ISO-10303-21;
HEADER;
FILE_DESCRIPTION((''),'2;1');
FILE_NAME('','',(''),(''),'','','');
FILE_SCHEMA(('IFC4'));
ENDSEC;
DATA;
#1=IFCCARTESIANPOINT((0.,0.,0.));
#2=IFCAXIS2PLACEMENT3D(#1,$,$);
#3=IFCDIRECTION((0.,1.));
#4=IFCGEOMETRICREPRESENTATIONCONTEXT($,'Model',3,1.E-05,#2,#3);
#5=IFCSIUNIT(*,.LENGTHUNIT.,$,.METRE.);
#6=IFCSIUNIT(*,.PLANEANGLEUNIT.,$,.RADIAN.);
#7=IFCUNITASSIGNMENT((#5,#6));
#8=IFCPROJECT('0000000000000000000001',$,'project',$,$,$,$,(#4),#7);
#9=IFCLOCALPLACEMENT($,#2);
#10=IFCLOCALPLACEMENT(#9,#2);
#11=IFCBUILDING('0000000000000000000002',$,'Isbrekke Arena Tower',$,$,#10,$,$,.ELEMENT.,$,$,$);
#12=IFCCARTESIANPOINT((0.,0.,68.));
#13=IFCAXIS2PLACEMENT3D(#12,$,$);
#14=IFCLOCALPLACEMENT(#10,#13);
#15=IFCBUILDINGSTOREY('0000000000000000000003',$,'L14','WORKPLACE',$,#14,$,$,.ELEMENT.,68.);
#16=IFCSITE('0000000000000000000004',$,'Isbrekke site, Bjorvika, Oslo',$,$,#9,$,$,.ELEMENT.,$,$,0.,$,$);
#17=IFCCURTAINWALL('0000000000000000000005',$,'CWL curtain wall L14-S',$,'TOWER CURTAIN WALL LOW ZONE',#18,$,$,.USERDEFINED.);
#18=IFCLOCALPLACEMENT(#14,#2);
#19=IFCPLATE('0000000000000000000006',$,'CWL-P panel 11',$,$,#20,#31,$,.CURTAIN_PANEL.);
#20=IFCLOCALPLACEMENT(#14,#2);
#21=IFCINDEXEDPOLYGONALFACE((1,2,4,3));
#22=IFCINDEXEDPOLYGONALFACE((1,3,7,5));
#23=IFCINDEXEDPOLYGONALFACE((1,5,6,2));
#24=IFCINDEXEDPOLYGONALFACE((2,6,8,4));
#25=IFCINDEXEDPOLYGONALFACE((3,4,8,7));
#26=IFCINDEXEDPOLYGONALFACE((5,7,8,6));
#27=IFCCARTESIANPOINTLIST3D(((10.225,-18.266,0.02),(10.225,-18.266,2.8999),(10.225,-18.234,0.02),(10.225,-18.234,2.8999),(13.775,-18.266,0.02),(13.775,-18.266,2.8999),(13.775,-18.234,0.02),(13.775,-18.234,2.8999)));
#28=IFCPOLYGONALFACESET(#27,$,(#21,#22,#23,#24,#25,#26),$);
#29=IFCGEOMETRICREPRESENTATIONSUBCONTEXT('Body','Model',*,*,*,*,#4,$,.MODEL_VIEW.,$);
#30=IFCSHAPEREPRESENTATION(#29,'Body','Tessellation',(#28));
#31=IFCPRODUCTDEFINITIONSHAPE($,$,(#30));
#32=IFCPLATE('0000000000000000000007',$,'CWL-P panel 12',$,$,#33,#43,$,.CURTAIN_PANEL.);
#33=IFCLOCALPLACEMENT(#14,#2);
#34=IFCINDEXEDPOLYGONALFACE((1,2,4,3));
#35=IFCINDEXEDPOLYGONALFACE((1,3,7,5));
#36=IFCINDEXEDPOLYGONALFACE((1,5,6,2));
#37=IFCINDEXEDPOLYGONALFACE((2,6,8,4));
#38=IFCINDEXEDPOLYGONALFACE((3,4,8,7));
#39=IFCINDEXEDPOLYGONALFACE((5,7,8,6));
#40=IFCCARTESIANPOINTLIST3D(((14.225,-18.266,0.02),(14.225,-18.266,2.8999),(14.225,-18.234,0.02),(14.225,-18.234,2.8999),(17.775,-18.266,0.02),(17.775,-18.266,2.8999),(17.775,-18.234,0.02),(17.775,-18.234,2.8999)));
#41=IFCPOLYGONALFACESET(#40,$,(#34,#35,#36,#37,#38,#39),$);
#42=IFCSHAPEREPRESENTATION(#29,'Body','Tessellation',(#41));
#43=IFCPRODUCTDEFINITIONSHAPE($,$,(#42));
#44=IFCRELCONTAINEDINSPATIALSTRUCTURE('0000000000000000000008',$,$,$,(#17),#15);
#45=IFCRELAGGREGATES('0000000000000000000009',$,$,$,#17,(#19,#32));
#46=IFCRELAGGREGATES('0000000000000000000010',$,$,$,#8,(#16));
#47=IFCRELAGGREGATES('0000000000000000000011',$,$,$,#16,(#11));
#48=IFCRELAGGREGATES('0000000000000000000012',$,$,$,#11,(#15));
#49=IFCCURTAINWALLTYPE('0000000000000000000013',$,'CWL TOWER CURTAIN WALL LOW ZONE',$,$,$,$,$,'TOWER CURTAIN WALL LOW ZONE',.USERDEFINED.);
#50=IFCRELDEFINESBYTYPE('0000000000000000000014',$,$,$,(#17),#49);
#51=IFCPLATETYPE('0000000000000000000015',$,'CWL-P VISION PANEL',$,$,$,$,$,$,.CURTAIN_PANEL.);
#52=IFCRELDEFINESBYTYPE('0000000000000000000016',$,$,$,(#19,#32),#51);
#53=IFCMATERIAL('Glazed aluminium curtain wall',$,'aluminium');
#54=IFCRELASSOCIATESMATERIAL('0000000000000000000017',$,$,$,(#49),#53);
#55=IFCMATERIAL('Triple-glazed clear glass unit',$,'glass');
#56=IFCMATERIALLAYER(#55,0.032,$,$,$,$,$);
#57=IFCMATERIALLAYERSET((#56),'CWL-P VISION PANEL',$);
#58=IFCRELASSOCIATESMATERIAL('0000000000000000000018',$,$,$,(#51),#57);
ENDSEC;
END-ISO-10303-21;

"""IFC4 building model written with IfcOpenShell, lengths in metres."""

from ifc_helpers import new_model, si_unit, direction, frame, origin, origin_2d, place, context, subcontext, project, spatial, rectangle, extrude, material, layer, layer_set, type_object, element, aggregate, save


model = new_model("IFC4")

# Units and contexts
model_context = context("Model", 3, precision=1e-05, world=origin(), true_north=direction((0.0, 1.0)))
body_context = subcontext(model_context, "Body", "Model", "MODEL_VIEW")
ifc_project = project(units=[si_unit("LENGTHUNIT", "METRE"), si_unit("PLANEANGLEUNIT", "RADIAN")], contexts=[model_context])

# Site, building, storey
site_placement = place(None, origin())
site = spatial("IfcSite", under=ifc_project, at=site_placement, Name="Isbrekke site, Bjorvika, Oslo", CompositionType="ELEMENT", RefElevation=0.0)
building_placement = place(site_placement, origin())
building = spatial("IfcBuilding", under=site, at=building_placement, Name="Isbrekke Arena Tower", CompositionType="ELEMENT")
storey_placement = place(building_placement, frame((0.0, 0.0, 68.0)))
storey = spatial("IfcBuildingStorey", under=building, at=storey_placement, Name="L14", Description="WORKPLACE", CompositionType="ELEMENT", Elevation=68.0)

# Curtain wall
ifc_material_1 = material(Name="Glazed aluminium curtain wall", Category="aluminium")
curtain_wall_type = type_object("IfcCurtainWallType", Name="CWL TOWER CURTAIN WALL LOW ZONE", ElementType="TOWER CURTAIN WALL LOW ZONE", PredefinedType="USERDEFINED", material=ifc_material_1)
curtain_wall_placement = place(storey_placement, origin())
curtain_wall = element("IfcCurtainWall", 1, at=curtain_wall_placement, inside=storey, type_object=curtain_wall_type, Name="CWL curtain wall L14-S", ObjectType="TOWER CURTAIN WALL LOW ZONE", PredefinedType="USERDEFINED")

# Plates
ifc_material_2 = material(Name="Triple-glazed clear glass unit", Category="glass")
ifc_layer = layer(ifc_material_2, 0.032)
ifc_layer_set = layer_set([ifc_layer], Name="CWL-P VISION PANEL")
plate_type = type_object("IfcPlateType", Name="CWL-P VISION PANEL", PredefinedType="CURTAIN_PANEL", material=ifc_layer_set)
plate_1_placement = place(storey_placement, frame((12.0, -18.25, 0.02), z_axis=(0.0, 0.0, 1.0), x_axis=(1.0, 0.0, 0.0)))
plate_1 = element("IfcPlate", 2, at=plate_1_placement, type_object=plate_type, Name="CWL-P panel 11", PredefinedType="CURTAIN_PANEL", context=body_context, shape_type="SweptSolid", body=[
    extrude(rectangle(XDim=3.55, YDim=0.032, at=origin_2d()), origin(), (0.0, 0.0, 1.0), 2.8799),
])
plate_2_placement = place(storey_placement, frame((16.0, -18.25, 0.02), z_axis=(0.0, 0.0, 1.0), x_axis=(1.0, 0.0, 0.0)))
plate_2 = element("IfcPlate", 3, at=plate_2_placement, type_object=plate_type, Name="CWL-P panel 12", PredefinedType="CURTAIN_PANEL", context=body_context, shape_type="SweptSolid", body=[
    extrude(rectangle(XDim=3.55, YDim=0.032, at=origin_2d()), origin(), (0.0, 0.0, 1.0), 2.8799),
])
aggregate(curtain_wall, [plate_1, plate_2])

save(model, "model.ifc")
